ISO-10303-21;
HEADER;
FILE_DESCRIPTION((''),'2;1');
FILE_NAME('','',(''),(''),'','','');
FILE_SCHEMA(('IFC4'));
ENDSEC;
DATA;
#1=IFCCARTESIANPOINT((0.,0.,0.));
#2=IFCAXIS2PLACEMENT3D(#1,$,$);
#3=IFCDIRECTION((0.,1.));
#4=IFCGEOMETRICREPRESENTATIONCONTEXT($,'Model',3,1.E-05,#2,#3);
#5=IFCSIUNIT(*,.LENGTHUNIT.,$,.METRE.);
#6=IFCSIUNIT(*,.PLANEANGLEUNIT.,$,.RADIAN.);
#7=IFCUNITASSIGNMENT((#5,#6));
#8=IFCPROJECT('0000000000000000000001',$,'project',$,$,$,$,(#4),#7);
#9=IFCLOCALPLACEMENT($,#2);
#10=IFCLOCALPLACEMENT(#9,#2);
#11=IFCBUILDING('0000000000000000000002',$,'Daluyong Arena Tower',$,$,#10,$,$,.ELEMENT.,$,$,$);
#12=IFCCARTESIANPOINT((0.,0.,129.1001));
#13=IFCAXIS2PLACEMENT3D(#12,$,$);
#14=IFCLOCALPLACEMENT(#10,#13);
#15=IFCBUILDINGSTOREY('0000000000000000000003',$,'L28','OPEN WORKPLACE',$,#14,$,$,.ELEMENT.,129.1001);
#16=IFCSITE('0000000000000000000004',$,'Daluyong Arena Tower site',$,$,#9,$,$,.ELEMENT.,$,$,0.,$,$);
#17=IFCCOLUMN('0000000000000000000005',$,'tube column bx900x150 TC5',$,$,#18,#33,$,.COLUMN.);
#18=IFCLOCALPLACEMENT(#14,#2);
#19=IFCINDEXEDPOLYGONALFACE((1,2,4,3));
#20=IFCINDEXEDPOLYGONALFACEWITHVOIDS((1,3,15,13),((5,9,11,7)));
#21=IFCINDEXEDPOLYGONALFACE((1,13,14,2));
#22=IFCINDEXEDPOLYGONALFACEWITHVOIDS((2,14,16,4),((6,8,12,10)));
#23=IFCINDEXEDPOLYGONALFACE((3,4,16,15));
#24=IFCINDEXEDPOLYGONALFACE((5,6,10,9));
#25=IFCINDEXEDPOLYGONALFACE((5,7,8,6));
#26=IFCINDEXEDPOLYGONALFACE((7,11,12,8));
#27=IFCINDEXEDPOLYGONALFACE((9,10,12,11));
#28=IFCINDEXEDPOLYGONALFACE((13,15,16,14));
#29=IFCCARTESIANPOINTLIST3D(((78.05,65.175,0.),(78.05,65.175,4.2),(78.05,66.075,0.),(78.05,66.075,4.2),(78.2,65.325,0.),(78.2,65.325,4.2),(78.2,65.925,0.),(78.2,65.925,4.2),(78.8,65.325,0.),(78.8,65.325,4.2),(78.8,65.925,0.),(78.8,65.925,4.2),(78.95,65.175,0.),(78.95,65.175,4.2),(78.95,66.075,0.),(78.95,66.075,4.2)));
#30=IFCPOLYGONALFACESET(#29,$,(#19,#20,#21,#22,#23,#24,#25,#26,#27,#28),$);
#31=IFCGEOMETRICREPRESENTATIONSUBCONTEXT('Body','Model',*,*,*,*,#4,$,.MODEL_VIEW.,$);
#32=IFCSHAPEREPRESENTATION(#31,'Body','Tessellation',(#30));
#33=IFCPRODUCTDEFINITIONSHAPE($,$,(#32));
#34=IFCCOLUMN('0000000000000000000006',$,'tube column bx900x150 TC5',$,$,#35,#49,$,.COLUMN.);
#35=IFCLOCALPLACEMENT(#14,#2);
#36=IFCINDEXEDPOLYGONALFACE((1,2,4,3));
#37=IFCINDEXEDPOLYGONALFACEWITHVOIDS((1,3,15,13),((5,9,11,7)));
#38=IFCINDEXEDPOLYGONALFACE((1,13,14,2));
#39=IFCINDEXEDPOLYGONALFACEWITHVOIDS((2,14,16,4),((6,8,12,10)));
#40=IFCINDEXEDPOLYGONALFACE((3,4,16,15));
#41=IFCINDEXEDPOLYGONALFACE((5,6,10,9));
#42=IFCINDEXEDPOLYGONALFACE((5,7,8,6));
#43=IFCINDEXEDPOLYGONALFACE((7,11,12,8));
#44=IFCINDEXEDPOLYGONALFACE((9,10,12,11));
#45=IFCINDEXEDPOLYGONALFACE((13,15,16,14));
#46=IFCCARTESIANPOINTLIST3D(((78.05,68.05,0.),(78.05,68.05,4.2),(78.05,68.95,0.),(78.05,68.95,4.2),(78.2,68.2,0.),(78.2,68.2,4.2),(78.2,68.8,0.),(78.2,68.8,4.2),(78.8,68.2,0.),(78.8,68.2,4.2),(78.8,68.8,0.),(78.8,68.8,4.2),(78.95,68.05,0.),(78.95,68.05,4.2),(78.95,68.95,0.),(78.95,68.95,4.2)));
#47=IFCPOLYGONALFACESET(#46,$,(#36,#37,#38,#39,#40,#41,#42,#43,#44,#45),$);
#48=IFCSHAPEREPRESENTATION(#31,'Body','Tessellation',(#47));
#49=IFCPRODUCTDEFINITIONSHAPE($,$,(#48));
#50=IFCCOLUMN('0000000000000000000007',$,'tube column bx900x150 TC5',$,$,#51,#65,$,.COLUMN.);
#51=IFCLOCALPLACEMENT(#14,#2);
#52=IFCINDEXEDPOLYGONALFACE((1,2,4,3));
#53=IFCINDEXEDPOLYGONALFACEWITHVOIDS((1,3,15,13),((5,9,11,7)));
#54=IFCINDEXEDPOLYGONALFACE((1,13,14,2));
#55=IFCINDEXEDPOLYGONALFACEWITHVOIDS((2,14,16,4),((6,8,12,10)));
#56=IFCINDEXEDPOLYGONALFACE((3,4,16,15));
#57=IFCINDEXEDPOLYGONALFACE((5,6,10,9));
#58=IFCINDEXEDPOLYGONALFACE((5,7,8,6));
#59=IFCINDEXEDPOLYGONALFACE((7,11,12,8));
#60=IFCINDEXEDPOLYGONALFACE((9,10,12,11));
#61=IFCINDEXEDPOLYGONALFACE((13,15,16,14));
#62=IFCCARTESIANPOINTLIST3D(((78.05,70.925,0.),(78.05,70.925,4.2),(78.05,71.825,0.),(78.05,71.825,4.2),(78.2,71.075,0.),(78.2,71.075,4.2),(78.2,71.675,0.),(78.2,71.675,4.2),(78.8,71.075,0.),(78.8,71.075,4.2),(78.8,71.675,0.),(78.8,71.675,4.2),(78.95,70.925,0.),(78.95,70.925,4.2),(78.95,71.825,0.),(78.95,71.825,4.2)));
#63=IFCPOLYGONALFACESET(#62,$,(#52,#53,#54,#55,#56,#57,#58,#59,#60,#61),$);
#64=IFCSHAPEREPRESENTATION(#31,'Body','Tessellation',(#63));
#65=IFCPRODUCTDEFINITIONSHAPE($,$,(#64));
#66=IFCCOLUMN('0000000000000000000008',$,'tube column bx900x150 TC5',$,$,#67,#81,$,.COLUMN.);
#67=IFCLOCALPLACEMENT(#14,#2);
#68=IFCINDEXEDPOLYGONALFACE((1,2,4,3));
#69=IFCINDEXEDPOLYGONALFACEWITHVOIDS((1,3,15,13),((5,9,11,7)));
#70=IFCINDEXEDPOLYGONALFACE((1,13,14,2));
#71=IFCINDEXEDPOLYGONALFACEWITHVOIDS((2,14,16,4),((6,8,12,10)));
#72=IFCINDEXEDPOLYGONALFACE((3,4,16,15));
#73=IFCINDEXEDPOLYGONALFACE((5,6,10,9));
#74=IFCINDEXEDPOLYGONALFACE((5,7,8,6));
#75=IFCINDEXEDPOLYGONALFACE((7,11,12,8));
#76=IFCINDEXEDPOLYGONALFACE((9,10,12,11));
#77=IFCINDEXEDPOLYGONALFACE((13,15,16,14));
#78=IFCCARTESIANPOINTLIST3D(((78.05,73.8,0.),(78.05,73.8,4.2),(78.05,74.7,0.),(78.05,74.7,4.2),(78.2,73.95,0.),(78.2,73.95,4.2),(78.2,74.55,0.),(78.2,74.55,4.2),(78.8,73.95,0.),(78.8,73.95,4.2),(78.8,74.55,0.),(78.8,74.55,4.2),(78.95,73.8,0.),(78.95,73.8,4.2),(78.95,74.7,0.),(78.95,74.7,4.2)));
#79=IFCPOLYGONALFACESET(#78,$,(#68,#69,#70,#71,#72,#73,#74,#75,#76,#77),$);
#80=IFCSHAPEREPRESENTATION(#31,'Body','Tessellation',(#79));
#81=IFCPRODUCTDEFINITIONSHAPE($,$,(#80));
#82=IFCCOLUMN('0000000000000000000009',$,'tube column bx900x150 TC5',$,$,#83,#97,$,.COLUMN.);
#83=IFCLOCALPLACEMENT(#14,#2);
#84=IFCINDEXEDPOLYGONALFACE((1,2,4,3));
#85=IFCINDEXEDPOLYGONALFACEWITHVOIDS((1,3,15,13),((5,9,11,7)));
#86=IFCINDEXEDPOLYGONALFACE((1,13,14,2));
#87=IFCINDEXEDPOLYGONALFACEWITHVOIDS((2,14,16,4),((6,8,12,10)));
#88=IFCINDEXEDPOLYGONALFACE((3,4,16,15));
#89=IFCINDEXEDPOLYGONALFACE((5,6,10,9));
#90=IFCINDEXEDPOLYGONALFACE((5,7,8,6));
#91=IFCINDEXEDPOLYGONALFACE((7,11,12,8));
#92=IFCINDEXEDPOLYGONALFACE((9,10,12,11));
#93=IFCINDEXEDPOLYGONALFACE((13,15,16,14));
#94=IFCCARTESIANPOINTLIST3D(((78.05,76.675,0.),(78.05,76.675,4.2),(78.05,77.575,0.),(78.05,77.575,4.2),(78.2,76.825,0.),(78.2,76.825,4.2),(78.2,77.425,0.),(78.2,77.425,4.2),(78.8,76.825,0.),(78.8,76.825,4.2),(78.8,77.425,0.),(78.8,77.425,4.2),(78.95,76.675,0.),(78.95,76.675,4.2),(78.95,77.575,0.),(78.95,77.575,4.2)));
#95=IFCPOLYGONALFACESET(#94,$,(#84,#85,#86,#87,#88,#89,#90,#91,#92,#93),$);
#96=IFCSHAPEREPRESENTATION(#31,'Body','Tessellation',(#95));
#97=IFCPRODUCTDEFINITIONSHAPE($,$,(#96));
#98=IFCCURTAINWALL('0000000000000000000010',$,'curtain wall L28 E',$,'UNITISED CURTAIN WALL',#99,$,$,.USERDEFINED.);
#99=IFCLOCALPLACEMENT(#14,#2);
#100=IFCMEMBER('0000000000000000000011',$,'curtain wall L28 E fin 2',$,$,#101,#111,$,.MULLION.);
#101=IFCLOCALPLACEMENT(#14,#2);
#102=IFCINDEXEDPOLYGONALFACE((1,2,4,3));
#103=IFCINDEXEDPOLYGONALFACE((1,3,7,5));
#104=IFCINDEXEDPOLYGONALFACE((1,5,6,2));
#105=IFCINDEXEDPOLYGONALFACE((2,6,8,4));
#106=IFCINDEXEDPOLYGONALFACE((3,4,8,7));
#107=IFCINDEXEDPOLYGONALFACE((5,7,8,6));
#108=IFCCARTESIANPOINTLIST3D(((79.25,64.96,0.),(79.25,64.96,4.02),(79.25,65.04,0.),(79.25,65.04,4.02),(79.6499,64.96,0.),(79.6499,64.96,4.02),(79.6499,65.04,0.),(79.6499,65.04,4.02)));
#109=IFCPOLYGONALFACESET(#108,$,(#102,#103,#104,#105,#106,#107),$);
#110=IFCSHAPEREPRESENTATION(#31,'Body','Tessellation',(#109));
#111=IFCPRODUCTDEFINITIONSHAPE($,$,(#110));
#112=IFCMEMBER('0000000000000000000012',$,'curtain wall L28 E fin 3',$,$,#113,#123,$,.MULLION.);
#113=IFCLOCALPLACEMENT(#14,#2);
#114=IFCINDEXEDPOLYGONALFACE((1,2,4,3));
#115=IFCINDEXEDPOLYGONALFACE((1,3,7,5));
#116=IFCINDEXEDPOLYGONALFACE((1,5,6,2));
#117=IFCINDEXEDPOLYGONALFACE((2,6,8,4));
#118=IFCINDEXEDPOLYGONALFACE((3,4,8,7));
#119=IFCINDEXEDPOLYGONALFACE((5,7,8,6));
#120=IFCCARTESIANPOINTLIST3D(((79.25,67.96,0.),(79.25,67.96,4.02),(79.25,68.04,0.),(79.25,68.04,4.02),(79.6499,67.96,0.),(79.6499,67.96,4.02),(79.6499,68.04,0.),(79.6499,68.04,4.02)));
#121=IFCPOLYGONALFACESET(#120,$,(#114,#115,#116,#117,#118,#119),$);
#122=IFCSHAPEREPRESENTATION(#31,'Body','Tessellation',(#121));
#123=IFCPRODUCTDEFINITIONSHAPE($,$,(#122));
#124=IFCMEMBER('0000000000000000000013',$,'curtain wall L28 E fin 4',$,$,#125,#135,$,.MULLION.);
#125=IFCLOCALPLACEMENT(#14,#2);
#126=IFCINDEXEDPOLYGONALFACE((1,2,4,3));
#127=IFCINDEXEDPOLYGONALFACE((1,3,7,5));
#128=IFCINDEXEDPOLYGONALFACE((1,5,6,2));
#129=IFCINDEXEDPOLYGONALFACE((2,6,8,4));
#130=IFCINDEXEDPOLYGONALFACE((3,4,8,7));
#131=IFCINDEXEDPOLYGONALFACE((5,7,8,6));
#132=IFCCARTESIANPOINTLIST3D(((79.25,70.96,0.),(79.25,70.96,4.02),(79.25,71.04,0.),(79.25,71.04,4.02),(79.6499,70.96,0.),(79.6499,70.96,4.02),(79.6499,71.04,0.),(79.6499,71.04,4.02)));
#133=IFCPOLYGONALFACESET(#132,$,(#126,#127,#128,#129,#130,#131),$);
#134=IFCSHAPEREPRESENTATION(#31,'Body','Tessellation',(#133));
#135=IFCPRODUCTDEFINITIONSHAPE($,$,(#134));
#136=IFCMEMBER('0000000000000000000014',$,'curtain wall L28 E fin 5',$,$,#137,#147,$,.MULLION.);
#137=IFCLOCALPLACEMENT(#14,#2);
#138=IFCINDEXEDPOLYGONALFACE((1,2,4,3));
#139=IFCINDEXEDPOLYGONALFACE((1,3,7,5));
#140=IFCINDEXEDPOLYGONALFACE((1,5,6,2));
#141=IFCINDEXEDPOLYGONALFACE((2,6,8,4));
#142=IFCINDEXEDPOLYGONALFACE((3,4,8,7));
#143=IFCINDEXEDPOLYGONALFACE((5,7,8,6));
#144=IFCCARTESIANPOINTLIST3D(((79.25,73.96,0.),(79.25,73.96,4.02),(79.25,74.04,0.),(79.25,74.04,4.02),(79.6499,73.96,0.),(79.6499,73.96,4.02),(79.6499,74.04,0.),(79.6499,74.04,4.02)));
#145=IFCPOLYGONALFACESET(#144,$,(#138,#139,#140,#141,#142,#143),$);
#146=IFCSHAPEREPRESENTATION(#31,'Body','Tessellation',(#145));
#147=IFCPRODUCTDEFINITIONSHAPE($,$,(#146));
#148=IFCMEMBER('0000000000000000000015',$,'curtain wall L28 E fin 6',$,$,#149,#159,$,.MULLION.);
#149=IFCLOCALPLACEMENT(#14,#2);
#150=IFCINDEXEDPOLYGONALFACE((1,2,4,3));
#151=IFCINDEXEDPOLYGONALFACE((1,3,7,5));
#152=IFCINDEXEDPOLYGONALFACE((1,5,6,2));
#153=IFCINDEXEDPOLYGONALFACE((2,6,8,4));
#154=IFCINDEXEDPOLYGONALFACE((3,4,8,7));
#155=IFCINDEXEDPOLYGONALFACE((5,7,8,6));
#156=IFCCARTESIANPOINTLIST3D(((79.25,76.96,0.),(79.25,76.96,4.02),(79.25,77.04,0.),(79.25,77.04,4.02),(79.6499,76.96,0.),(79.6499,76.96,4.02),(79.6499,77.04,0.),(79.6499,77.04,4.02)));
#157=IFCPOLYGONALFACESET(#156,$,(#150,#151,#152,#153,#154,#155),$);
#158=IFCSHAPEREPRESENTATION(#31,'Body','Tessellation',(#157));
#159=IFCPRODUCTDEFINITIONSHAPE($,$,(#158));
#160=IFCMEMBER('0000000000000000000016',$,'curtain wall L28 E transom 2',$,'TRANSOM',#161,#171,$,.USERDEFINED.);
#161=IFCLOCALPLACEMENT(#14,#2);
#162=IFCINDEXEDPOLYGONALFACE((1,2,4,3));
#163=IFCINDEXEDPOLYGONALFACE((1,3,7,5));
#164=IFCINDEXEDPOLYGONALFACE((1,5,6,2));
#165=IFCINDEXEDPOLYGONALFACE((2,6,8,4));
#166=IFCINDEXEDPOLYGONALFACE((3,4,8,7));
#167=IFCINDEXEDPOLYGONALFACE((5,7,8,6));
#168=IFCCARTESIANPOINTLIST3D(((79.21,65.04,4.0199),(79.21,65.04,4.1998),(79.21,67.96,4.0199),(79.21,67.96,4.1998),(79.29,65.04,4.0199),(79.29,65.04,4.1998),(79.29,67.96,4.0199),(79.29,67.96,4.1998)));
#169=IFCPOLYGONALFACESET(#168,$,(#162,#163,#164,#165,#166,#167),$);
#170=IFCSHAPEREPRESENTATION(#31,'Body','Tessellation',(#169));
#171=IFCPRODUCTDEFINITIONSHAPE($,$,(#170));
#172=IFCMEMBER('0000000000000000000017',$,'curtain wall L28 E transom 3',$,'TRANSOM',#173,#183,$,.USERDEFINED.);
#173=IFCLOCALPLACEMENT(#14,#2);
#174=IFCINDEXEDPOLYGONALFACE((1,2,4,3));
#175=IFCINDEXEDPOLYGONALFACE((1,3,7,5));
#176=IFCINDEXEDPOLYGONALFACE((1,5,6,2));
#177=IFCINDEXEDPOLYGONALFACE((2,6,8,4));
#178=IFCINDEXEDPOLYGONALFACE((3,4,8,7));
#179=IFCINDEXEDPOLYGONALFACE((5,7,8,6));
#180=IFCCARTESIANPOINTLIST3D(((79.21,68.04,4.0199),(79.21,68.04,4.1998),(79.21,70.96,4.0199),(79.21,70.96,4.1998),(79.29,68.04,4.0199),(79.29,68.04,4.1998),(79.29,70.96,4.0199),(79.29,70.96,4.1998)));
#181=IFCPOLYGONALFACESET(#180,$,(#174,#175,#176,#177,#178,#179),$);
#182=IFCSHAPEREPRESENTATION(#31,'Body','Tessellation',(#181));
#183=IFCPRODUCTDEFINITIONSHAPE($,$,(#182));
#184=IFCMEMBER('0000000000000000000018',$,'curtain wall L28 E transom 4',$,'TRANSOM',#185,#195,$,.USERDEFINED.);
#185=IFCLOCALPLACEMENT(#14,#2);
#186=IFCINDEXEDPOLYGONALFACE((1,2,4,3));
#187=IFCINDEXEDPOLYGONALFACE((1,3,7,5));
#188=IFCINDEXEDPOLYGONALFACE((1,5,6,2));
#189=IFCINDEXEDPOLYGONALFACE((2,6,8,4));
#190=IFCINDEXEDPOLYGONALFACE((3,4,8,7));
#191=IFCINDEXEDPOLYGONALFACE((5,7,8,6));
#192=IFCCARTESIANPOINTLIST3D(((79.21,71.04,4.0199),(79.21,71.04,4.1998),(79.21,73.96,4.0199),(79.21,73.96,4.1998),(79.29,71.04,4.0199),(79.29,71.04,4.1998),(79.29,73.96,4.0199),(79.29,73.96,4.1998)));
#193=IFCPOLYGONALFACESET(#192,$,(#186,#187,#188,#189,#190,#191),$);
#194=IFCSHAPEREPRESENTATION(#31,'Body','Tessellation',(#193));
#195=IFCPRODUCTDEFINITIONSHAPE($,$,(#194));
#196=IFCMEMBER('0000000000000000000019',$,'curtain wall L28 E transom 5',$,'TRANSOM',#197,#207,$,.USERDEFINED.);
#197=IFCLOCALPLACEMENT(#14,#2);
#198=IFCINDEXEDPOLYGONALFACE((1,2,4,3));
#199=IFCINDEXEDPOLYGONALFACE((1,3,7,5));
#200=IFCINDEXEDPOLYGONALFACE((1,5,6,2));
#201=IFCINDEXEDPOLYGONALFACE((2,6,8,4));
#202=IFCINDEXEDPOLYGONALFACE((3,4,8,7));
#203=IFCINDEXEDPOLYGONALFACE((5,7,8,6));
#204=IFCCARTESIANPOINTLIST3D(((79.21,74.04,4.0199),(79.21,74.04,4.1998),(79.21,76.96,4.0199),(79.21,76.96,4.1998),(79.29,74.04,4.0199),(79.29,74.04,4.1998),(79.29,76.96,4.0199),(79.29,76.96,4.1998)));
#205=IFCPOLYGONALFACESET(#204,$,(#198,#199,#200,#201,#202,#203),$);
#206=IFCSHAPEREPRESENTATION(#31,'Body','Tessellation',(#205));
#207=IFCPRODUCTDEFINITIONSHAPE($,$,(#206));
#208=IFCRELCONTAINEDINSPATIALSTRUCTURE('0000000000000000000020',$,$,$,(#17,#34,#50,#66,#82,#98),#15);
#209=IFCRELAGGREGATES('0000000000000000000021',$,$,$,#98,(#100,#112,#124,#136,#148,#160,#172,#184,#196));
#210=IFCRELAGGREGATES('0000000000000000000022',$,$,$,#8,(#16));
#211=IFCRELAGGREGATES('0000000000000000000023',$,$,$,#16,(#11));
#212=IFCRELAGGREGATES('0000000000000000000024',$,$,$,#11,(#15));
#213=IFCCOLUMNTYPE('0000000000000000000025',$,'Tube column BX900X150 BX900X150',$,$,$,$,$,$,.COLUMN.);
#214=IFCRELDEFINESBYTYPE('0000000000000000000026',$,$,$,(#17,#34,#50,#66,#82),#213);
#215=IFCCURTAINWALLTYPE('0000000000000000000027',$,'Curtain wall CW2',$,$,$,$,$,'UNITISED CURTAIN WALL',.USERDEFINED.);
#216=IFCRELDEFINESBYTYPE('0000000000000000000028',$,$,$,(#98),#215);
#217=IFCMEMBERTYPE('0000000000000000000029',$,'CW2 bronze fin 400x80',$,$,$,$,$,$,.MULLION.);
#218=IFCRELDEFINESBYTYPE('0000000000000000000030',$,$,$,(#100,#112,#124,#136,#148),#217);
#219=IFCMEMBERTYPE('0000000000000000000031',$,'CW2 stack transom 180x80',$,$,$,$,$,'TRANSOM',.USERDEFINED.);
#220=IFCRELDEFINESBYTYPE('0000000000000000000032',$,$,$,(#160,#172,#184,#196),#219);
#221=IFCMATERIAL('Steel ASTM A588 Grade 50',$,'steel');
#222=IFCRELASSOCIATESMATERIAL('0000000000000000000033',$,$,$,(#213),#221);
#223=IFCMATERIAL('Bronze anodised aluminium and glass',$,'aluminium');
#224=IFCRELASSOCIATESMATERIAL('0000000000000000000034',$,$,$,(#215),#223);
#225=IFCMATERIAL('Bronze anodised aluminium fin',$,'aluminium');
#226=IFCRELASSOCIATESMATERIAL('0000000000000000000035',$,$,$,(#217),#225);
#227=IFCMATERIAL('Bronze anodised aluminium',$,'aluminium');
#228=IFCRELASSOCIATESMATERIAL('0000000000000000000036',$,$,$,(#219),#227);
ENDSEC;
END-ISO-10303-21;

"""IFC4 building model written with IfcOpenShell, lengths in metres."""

from ifc_helpers import new_model, si_unit, direction, frame, origin, origin_2d, place, context, subcontext, project, spatial, rectangle, hollow_rectangle, extrude, material, material_profile, profile_set, type_object, element, aggregate, save


model = new_model("IFC4")

# Units and contexts
model_context = context("Model", 3, precision=1e-05, world=origin(), true_north=direction((0.0, 1.0)))
body_context = subcontext(model_context, "Body", "Model", "MODEL_VIEW")
ifc_project = project(units=[si_unit("LENGTHUNIT", "METRE"), si_unit("PLANEANGLEUNIT", "RADIAN")], contexts=[model_context])

# Site, building, storey
site_placement = place(None, origin())
site = spatial("IfcSite", under=ifc_project, at=site_placement, Name="Daluyong Arena Tower site", CompositionType="ELEMENT", RefElevation=0.0)
building_placement = place(site_placement, origin())
building = spatial("IfcBuilding", under=site, at=building_placement, Name="Daluyong Arena Tower", CompositionType="ELEMENT")
storey_placement = place(building_placement, frame((0.0, 0.0, 129.1001)))
storey = spatial("IfcBuildingStorey", under=building, at=storey_placement, Name="L28", Description="OPEN WORKPLACE", CompositionType="ELEMENT", Elevation=129.1001)

# Columns
ifc_material_1 = material(Name="Steel ASTM A588 Grade 50", Category="steel")
ifc_material_profile_1 = material_profile(ifc_material_1, hollow_rectangle(XDim=0.8999, YDim=0.8999, WallThickness=0.15, at=origin_2d()))
ifc_profile_set_1 = profile_set([ifc_material_profile_1], Name="Steel ASTM A588 Grade 50")
column_type = type_object("IfcColumnType", Name="Tube column BX900X150 BX900X150", PredefinedType="COLUMN", material=ifc_profile_set_1)
for number, where, z_axis, x_axis, name in (
    (1, (78.5, 65.625, 0.0), (0.0, 0.0, 1.0), (0.0, 1.0, 0.0), "tube column bx900x150 TC5"),
    (2, (78.5, 68.5, 0.0), (0.0, 0.0, 1.0), (0.0, 1.0, 0.0), "tube column bx900x150 TC5"),
    (3, (78.5, 71.375, 0.0), (0.0, 0.0, 1.0), (0.0, 1.0, 0.0), "tube column bx900x150 TC5"),
    (4, (78.5, 74.25, 0.0), (0.0, 0.0, 1.0), (0.0, 1.0, 0.0), "tube column bx900x150 TC5"),
    (5, (78.5, 77.125, 0.0), (0.0, 0.0, 1.0), (0.0, 1.0, 0.0), "tube column bx900x150 TC5"),
):
    element("IfcColumn", number, at=place(storey_placement, frame(where, z_axis=z_axis, x_axis=x_axis)), inside=storey, type_object=column_type, Name=name, PredefinedType="COLUMN", context=body_context, shape_type="SweptSolid", body=[
        extrude(hollow_rectangle(XDim=0.8999, YDim=0.8999, WallThickness=0.15, at=origin_2d()), origin(), (0.0, 0.0, 1.0), 4.2),
    ])

# Curtain wall, members
ifc_material_2 = material(Name="Bronze anodised aluminium and glass", Category="aluminium")
curtain_wall_type = type_object("IfcCurtainWallType", Name="Curtain wall CW2", ElementType="UNITISED CURTAIN WALL", PredefinedType="USERDEFINED", material=ifc_material_2)
curtain_wall_placement = place(storey_placement, origin())
curtain_wall = element("IfcCurtainWall", 6, at=curtain_wall_placement, inside=storey, type_object=curtain_wall_type, Name="curtain wall L28 E", ObjectType="UNITISED CURTAIN WALL", PredefinedType="USERDEFINED")
ifc_material_3 = material(Name="Bronze anodised aluminium fin", Category="aluminium")
ifc_material_profile_2 = material_profile(ifc_material_3, rectangle(XDim=0.3999, YDim=0.0801, at=origin_2d()))
ifc_profile_set_2 = profile_set([ifc_material_profile_2], Name="Bronze anodised aluminium fin")
member_type_1 = type_object("IfcMemberType", Name="CW2 bronze fin 400x80", PredefinedType="MULLION", material=ifc_profile_set_2)
member_1_placement = place(storey_placement, frame((79.45, 65.0, 0.0), z_axis=(0.0, 0.0, 1.0), x_axis=(-1.0, 0.0, 0.0)))
member_1 = element("IfcMember", 7, at=member_1_placement, type_object=member_type_1, Name="curtain wall L28 E fin 2", PredefinedType="MULLION", context=body_context, shape_type="SweptSolid", body=[
    extrude(rectangle(XDim=0.3999, YDim=0.0801, at=origin_2d()), origin(), (0.0, 0.0, 1.0), 4.02),
])
member_2_placement = place(storey_placement, frame((79.45, 68.0, 0.0), z_axis=(0.0, 0.0, 1.0), x_axis=(-1.0, 0.0, 0.0)))
member_2 = element("IfcMember", 8, at=member_2_placement, type_object=member_type_1, Name="curtain wall L28 E fin 3", PredefinedType="MULLION", context=body_context, shape_type="SweptSolid", body=[
    extrude(rectangle(XDim=0.3999, YDim=0.0801, at=origin_2d()), origin(), (0.0, 0.0, 1.0), 4.02),
])
member_3_placement = place(storey_placement, frame((79.45, 71.0, 0.0), z_axis=(0.0, 0.0, 1.0), x_axis=(-1.0, 0.0, 0.0)))
member_3 = element("IfcMember", 9, at=member_3_placement, type_object=member_type_1, Name="curtain wall L28 E fin 4", PredefinedType="MULLION", context=body_context, shape_type="SweptSolid", body=[
    extrude(rectangle(XDim=0.3999, YDim=0.0801, at=origin_2d()), origin(), (0.0, 0.0, 1.0), 4.02),
])
member_4_placement = place(storey_placement, frame((79.45, 74.0, 0.0), z_axis=(0.0, 0.0, 1.0), x_axis=(-1.0, 0.0, 0.0)))
member_4 = element("IfcMember", 10, at=member_4_placement, type_object=member_type_1, Name="curtain wall L28 E fin 5", PredefinedType="MULLION", context=body_context, shape_type="SweptSolid", body=[
    extrude(rectangle(XDim=0.3999, YDim=0.0801, at=origin_2d()), origin(), (0.0, 0.0, 1.0), 4.02),
])
member_5_placement = place(storey_placement, frame((79.45, 77.0, 0.0), z_axis=(0.0, 0.0, 1.0), x_axis=(-1.0, 0.0, 0.0)))
member_5 = element("IfcMember", 11, at=member_5_placement, type_object=member_type_1, Name="curtain wall L28 E fin 6", PredefinedType="MULLION", context=body_context, shape_type="SweptSolid", body=[
    extrude(rectangle(XDim=0.3999, YDim=0.0801, at=origin_2d()), origin(), (0.0, 0.0, 1.0), 4.02),
])
ifc_material_4 = material(Name="Bronze anodised aluminium", Category="aluminium")
ifc_material_profile_3 = material_profile(ifc_material_4, rectangle(XDim=0.0801, YDim=0.1799, at=origin_2d()))
ifc_profile_set_3 = profile_set([ifc_material_profile_3], Name="Bronze anodised aluminium")
member_type_2 = type_object("IfcMemberType", Name="CW2 stack transom 180x80", ElementType="TRANSOM", PredefinedType="USERDEFINED", material=ifc_profile_set_3)
member_6_placement = place(storey_placement, frame((79.25, 65.04, 4.1099), z_axis=(0.0, 1.0, 0.0), x_axis=(-1.0, 0.0, 0.0)))
member_6 = element("IfcMember", 12, at=member_6_placement, type_object=member_type_2, Name="curtain wall L28 E transom 2", ObjectType="TRANSOM", PredefinedType="USERDEFINED", context=body_context, shape_type="SweptSolid", body=[
    extrude(rectangle(XDim=0.0801, YDim=0.1799, at=origin_2d()), origin(), (0.0, 0.0, 1.0), 2.9199),
])
member_7_placement = place(storey_placement, frame((79.25, 68.04, 4.1099), z_axis=(0.0, 1.0, 0.0), x_axis=(-1.0, 0.0, 0.0)))
member_7 = element("IfcMember", 13, at=member_7_placement, type_object=member_type_2, Name="curtain wall L28 E transom 3", ObjectType="TRANSOM", PredefinedType="USERDEFINED", context=body_context, shape_type="SweptSolid", body=[
    extrude(rectangle(XDim=0.0801, YDim=0.1799, at=origin_2d()), origin(), (0.0, 0.0, 1.0), 2.9199),
])
member_8_placement = place(storey_placement, frame((79.25, 71.04, 4.1099), z_axis=(0.0, 1.0, 0.0), x_axis=(-1.0, 0.0, 0.0)))
member_8 = element("IfcMember", 14, at=member_8_placement, type_object=member_type_2, Name="curtain wall L28 E transom 4", ObjectType="TRANSOM", PredefinedType="USERDEFINED", context=body_context, shape_type="SweptSolid", body=[
    extrude(rectangle(XDim=0.0801, YDim=0.1799, at=origin_2d()), origin(), (0.0, 0.0, 1.0), 2.9199),
])
member_9_placement = place(storey_placement, frame((79.25, 74.04, 4.1099), z_axis=(0.0, 1.0, 0.0), x_axis=(-1.0, 0.0, 0.0)))
member_9 = element("IfcMember", 15, at=member_9_placement, type_object=member_type_2, Name="curtain wall L28 E transom 5", ObjectType="TRANSOM", PredefinedType="USERDEFINED", context=body_context, shape_type="SweptSolid", body=[
    extrude(rectangle(XDim=0.0801, YDim=0.1799, at=origin_2d()), origin(), (0.0, 0.0, 1.0), 2.9199),
])

aggregate(curtain_wall, [member_1, member_2, member_3, member_4, member_5, member_6, member_7, member_8, member_9])

save(model, "model.ifc")
